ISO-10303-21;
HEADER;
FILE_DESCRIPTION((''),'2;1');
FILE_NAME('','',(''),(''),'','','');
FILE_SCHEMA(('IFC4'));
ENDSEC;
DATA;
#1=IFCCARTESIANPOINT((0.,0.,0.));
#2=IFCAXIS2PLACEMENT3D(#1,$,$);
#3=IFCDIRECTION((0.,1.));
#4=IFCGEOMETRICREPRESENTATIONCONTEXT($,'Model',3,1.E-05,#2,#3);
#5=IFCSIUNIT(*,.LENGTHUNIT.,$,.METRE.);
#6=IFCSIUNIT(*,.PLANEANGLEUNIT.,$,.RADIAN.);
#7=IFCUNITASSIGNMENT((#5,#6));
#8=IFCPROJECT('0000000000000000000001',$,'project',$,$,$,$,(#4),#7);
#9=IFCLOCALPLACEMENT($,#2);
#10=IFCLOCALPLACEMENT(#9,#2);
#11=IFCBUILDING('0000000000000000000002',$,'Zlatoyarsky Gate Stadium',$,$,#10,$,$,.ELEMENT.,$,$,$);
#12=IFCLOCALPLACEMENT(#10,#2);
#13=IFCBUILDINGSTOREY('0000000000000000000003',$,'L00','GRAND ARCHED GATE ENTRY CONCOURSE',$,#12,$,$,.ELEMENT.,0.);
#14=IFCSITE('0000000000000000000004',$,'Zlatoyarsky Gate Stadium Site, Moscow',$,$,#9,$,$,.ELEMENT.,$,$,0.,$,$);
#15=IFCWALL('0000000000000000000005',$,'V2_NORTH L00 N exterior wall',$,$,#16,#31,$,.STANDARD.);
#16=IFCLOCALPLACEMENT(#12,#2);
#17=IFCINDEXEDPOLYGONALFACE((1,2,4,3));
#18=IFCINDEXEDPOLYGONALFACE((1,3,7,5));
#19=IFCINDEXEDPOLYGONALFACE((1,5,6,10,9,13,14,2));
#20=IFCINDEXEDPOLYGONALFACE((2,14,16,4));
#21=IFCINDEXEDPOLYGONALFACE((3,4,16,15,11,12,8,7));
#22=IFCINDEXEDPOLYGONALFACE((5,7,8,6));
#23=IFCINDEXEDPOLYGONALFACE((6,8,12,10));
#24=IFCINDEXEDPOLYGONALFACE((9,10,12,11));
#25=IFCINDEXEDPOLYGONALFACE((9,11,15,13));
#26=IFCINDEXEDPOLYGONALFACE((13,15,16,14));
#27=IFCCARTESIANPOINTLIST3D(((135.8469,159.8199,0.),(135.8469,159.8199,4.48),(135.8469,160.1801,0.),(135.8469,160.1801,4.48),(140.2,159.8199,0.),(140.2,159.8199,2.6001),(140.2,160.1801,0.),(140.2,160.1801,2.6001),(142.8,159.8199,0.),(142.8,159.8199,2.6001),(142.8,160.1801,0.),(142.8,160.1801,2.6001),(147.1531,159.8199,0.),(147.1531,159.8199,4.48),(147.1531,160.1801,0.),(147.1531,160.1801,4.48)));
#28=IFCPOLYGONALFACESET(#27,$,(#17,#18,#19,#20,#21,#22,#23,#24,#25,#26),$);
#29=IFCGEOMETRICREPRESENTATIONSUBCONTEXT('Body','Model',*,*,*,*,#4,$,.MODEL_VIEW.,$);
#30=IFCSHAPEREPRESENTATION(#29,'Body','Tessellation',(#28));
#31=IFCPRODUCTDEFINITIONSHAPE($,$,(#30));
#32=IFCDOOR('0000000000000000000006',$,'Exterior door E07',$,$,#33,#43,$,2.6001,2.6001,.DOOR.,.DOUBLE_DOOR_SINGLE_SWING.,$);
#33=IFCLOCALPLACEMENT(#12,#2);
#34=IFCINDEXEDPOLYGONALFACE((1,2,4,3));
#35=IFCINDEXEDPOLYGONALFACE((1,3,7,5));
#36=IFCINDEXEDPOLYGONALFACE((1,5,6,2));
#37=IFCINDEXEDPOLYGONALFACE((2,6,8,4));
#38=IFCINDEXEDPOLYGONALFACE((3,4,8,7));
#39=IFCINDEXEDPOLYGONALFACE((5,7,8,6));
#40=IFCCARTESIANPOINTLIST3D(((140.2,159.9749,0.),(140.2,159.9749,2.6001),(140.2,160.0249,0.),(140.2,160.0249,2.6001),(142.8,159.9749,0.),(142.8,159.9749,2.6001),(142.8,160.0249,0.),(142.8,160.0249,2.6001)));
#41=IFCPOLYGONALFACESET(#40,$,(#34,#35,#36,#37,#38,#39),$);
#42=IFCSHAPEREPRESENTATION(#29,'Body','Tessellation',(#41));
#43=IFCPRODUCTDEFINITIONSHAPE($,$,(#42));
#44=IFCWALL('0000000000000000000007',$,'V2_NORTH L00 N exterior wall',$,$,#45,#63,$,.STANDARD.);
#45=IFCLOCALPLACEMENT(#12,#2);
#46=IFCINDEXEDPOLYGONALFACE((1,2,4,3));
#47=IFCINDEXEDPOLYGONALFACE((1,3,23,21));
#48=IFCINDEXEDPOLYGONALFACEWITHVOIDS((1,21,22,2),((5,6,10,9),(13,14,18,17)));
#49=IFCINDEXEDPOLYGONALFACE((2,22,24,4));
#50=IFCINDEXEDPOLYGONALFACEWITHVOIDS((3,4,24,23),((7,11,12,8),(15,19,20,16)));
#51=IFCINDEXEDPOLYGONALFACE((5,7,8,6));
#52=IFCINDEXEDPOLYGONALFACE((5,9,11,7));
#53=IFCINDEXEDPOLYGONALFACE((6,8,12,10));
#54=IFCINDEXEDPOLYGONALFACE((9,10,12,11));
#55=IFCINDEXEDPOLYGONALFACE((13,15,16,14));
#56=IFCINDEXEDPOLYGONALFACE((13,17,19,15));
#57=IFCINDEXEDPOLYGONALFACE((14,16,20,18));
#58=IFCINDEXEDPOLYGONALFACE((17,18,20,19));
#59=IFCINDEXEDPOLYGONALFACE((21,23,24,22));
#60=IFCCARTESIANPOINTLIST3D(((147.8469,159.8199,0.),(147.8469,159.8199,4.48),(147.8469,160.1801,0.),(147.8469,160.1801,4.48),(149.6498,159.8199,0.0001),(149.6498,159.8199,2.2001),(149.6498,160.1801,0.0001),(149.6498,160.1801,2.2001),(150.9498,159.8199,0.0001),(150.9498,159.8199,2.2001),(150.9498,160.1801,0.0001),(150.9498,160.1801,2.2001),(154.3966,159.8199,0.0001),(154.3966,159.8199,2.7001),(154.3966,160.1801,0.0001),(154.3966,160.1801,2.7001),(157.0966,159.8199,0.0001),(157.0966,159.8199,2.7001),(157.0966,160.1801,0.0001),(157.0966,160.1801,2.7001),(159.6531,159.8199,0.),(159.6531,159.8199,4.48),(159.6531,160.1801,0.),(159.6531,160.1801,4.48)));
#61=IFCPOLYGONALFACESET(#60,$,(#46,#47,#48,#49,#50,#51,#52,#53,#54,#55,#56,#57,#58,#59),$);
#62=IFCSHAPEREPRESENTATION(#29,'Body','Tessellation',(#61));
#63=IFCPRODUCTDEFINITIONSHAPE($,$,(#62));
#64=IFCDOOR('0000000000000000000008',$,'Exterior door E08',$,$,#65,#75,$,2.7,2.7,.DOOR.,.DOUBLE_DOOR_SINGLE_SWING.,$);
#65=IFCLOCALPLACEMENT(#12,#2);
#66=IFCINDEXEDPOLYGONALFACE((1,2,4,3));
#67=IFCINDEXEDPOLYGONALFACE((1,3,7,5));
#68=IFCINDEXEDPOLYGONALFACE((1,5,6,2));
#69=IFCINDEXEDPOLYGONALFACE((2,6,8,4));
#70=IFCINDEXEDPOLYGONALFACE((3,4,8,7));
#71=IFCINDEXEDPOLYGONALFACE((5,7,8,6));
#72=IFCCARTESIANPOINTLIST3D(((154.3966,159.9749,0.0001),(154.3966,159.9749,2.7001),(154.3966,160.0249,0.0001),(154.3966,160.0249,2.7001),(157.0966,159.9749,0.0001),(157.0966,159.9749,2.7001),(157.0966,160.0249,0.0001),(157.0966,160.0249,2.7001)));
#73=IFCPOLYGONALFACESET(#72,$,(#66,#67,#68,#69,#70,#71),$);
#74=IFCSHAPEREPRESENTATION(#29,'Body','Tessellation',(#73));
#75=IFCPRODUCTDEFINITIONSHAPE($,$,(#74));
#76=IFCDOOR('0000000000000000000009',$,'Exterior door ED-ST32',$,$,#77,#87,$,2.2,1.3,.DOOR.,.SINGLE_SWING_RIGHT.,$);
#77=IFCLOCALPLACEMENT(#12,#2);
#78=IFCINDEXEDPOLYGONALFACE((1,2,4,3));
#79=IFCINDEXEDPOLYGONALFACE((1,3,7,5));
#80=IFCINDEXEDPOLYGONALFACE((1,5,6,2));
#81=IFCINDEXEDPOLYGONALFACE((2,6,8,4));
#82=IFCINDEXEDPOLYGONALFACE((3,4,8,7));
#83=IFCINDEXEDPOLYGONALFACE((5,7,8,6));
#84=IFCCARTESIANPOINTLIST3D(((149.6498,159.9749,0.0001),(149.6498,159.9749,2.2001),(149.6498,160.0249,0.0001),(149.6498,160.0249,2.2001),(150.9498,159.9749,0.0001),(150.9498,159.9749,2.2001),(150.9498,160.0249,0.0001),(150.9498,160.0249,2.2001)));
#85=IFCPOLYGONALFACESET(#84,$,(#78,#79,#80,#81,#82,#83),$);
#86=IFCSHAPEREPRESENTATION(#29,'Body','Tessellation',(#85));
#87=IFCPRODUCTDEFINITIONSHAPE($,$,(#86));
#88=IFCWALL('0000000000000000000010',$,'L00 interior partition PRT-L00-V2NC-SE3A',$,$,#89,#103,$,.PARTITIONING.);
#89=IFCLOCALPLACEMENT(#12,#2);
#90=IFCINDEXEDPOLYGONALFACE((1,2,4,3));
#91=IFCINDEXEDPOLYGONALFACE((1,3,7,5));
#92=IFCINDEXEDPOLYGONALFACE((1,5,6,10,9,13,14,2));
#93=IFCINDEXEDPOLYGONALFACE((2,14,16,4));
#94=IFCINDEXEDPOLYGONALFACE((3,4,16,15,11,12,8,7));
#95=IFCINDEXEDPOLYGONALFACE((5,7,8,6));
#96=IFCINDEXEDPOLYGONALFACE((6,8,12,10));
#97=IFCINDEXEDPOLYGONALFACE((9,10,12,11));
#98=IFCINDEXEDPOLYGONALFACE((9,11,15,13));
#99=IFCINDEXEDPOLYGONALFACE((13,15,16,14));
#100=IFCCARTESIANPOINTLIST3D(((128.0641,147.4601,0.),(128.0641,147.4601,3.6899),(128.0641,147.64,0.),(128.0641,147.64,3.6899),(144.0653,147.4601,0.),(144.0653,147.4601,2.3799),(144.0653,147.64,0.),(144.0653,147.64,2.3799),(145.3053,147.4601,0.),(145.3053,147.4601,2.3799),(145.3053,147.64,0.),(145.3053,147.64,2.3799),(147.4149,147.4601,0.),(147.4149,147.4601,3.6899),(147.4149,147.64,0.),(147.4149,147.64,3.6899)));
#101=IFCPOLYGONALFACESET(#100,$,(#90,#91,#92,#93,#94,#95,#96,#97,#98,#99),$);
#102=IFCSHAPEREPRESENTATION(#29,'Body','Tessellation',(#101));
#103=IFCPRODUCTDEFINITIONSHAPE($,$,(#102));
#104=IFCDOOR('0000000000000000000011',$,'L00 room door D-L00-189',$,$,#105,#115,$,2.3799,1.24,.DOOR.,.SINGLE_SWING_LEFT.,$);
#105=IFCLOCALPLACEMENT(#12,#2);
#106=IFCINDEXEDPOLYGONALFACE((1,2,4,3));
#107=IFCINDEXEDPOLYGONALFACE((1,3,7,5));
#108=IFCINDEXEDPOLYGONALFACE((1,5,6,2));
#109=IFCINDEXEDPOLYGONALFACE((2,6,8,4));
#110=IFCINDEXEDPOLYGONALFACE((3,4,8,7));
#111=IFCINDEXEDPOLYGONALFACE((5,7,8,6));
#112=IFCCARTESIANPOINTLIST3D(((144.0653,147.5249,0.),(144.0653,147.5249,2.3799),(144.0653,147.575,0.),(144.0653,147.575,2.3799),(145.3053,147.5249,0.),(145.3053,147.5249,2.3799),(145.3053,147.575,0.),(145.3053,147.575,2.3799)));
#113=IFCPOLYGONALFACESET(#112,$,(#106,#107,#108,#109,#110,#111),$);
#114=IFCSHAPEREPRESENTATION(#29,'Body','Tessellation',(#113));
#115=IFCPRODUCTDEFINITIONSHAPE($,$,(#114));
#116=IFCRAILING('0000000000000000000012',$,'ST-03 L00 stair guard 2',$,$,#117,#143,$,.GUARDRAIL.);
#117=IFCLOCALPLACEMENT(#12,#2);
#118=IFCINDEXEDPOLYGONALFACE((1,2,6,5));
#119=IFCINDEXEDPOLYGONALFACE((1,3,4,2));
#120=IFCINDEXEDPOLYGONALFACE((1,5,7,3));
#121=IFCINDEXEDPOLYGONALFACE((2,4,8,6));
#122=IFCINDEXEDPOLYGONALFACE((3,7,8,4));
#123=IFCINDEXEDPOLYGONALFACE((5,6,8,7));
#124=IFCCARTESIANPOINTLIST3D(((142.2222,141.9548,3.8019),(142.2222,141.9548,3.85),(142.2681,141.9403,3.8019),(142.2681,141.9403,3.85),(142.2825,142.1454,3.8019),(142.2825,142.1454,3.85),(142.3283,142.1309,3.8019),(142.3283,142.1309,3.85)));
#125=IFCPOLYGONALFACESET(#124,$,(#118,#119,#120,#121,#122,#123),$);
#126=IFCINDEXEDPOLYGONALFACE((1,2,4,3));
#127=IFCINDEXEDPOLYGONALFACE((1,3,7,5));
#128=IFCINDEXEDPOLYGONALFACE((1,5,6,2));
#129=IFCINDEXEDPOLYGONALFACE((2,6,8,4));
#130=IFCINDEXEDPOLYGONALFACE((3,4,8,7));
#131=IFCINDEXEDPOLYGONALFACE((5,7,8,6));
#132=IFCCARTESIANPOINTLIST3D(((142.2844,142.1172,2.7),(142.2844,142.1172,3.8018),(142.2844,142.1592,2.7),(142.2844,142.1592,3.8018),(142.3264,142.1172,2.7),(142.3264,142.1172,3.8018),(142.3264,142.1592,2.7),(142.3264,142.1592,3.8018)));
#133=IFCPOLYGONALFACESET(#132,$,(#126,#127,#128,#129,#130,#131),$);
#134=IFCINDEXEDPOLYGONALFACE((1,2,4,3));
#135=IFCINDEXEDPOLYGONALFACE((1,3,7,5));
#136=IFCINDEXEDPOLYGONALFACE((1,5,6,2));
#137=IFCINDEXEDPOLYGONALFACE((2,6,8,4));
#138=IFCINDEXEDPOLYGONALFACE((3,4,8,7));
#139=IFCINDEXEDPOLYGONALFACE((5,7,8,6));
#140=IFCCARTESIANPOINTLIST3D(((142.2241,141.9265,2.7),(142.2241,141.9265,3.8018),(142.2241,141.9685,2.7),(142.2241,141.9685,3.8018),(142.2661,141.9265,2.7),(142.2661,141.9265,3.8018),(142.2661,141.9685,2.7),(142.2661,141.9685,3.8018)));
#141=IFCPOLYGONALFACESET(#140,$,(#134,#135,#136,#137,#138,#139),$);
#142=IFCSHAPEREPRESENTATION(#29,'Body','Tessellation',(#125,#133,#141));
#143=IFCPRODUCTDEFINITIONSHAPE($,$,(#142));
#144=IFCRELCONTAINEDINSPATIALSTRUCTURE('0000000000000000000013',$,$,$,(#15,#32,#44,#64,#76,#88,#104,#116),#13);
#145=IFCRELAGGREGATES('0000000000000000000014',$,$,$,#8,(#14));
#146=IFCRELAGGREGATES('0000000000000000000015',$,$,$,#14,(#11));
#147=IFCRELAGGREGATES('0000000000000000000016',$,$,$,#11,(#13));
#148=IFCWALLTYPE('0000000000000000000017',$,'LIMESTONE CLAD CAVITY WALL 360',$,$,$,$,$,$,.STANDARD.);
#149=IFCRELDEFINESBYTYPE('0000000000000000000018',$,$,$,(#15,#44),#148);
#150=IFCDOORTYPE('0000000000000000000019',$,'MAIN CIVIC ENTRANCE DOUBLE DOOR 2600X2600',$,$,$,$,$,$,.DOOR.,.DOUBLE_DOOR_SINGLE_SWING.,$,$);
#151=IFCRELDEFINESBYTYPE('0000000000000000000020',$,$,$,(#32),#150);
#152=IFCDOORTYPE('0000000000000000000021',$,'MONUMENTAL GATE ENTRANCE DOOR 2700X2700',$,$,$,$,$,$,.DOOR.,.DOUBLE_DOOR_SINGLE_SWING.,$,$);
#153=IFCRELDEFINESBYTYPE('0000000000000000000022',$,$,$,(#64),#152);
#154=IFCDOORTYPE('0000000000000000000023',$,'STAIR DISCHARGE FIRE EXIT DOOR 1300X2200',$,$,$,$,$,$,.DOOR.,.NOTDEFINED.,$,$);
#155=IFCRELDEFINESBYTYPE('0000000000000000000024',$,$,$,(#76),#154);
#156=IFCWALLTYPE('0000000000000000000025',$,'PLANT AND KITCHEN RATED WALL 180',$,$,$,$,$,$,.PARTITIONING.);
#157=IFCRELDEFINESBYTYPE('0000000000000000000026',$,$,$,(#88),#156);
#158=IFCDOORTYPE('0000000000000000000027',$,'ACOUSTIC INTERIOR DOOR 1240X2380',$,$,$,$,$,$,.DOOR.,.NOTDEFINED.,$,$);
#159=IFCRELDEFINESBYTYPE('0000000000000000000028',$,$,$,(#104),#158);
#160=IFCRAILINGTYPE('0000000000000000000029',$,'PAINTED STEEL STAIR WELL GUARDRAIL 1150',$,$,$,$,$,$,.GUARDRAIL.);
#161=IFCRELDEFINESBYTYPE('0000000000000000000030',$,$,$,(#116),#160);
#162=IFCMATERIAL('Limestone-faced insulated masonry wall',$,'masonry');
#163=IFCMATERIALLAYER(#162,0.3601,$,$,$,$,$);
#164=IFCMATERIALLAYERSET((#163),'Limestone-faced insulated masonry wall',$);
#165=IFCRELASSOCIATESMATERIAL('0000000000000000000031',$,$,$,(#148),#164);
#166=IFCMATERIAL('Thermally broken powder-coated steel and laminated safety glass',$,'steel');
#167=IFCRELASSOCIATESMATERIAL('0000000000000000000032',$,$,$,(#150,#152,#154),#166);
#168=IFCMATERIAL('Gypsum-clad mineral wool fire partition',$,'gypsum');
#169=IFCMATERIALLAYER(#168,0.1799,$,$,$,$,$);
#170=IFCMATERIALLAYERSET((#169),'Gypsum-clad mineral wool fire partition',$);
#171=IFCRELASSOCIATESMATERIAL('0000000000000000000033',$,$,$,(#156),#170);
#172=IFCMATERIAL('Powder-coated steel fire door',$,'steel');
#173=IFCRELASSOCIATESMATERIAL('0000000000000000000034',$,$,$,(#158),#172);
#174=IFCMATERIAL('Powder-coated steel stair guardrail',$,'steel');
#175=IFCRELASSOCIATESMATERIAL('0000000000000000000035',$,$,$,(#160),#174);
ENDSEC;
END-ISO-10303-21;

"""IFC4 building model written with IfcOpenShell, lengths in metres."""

from ifc_helpers import new_model, si_unit, direction, frame, frame_2d, origin, origin_2d, place, context, subcontext, project, spatial, rectangle, extrude, material, layer, layer_set, type_object, element, fill, save


model = new_model("IFC4")

# Units and contexts
model_context = context("Model", 3, precision=1e-05, world=origin(), true_north=direction((0.0, 1.0)))
body_context = subcontext(model_context, "Body", "Model", "MODEL_VIEW")
ifc_project = project(units=[si_unit("LENGTHUNIT", "METRE"), si_unit("PLANEANGLEUNIT", "RADIAN")], contexts=[model_context])

# Site, building, storey
site_placement = place(None, origin())
site = spatial("IfcSite", under=ifc_project, at=site_placement, Name="Zlatoyarsky Gate Stadium Site, Moscow", CompositionType="ELEMENT", RefElevation=0.0)
building_placement = place(site_placement, origin())
building = spatial("IfcBuilding", under=site, at=building_placement, Name="Zlatoyarsky Gate Stadium", CompositionType="ELEMENT")
storey_placement = place(building_placement, origin())
storey = spatial("IfcBuildingStorey", under=building, at=storey_placement, Name="L00", Description="GRAND ARCHED GATE ENTRY CONCOURSE", CompositionType="ELEMENT", Elevation=0.0)

# Shared definitions
ifc_material_1 = material(Name="Gypsum-clad mineral wool fire partition", Category="gypsum")
ifc_material_2 = material(Name="Powder-coated steel fire door", Category="steel")

# Wall, opening, door
ifc_material_3 = material(Name="Limestone-faced insulated masonry wall", Category="masonry")
ifc_layer_1 = layer(ifc_material_3, 0.3601)
ifc_layer_set_1 = layer_set([ifc_layer_1], Name="Limestone-faced insulated masonry wall")
wall_type_1 = type_object("IfcWallType", Name="LIMESTONE CLAD CAVITY WALL 360", PredefinedType="STANDARD", material=ifc_layer_set_1)
wall_1_placement = place(storey_placement, frame((135.8469, 160.0, 0.0), z_axis=(0.0, 0.0, 1.0), x_axis=(1.0, 0.0, 0.0)))
wall_1 = element("IfcWall", 1, at=wall_1_placement, inside=storey, type_object=wall_type_1, Name="V2_NORTH L00 N exterior wall", PredefinedType="STANDARD", context=body_context, shape_type="SweptSolid", body=[
    extrude(rectangle(XDim=11.3062, YDim=0.3601, at=frame_2d((5.6531, 0.0))), origin(), (0.0, 0.0, 1.0), 4.48),
])
opening_1_placement = place(wall_1_placement, frame((4.353, 0.0, 0.0)))
opening_1 = element("IfcOpeningElement", 2, at=opening_1_placement, cuts=wall_1, PredefinedType="OPENING", context=body_context, shape_type="SweptSolid", body=[
    extrude(rectangle(XDim=2.6001, YDim=2.6001, at=frame_2d((1.3, 1.3))), frame((0.0, 0.1899, 0.0), z_axis=(0.0, -1.0, 0.0), x_axis=(1.0, 0.0, 0.0)), (0.0, 0.0, 1.0), 0.3801),
])
ifc_material_4 = material(Name="Thermally broken powder-coated steel and laminated safety glass", Category="steel")
door_type_1 = type_object("IfcDoorType", Name="MAIN CIVIC ENTRANCE DOUBLE DOOR 2600X2600", OperationType="DOUBLE_DOOR_SINGLE_SWING", PredefinedType="DOOR", material=ifc_material_4)
door_1_placement = place(opening_1_placement, origin())
door_1 = element("IfcDoor", 3, at=door_1_placement, inside=storey, type_object=door_type_1, Name="Exterior door E07", OperationType="DOUBLE_DOOR_SINGLE_SWING", OverallHeight=2.6001, OverallWidth=2.6001, PredefinedType="DOOR", context=body_context, shape_type="SweptSolid", body=[
    extrude(rectangle(XDim=2.6001, YDim=2.6001, at=frame_2d((1.3, 1.3))), frame((0.0, 0.0249, 0.0), z_axis=(0.0, -1.0, 0.0), x_axis=(1.0, 0.0, 0.0)), (0.0, 0.0, 1.0), 0.05),
])
fill(opening_1, door_1)

# Wall, openings, doors
wall_2_placement = place(storey_placement, frame((147.8469, 160.0, 0.0), z_axis=(0.0, 0.0, 1.0), x_axis=(1.0, 0.0, 0.0)))
wall_2 = element("IfcWall", 4, at=wall_2_placement, inside=storey, type_object=wall_type_1, Name="V2_NORTH L00 N exterior wall", PredefinedType="STANDARD", context=body_context, shape_type="SweptSolid", body=[
    extrude(rectangle(XDim=11.8062, YDim=0.3601, at=frame_2d((5.9031, 0.0))), origin(), (0.0, 0.0, 1.0), 4.48),
])
opening_2_placement = place(wall_2_placement, frame((1.803, 0.0, 0.0)))
opening_2 = element("IfcOpeningElement", 5, at=opening_2_placement, cuts=wall_2, PredefinedType="OPENING", context=body_context, shape_type="SweptSolid", body=[
    extrude(rectangle(XDim=1.3, YDim=2.2, at=frame_2d((0.6499, 1.1001))), frame((0.0, 0.1899, 0.0), z_axis=(0.0, -1.0, 0.0), x_axis=(1.0, 0.0, 0.0)), (0.0, 0.0, 1.0), 0.3801),
])
opening_3_placement = place(wall_2_placement, frame((6.5496, 0.0, 0.0)))
opening_3 = element("IfcOpeningElement", 6, at=opening_3_placement, cuts=wall_2, PredefinedType="OPENING", context=body_context, shape_type="SweptSolid", body=[
    extrude(rectangle(XDim=2.7, YDim=2.7, at=frame_2d((1.3501, 1.3501))), frame((0.0, 0.1899, 0.0), z_axis=(0.0, -1.0, 0.0), x_axis=(1.0, 0.0, 0.0)), (0.0, 0.0, 1.0), 0.3801),
])
door_type_2 = type_object("IfcDoorType", Name="MONUMENTAL GATE ENTRANCE DOOR 2700X2700", OperationType="DOUBLE_DOOR_SINGLE_SWING", PredefinedType="DOOR", material=ifc_material_4)
door_2_placement = place(opening_3_placement, origin())
door_2 = element("IfcDoor", 7, at=door_2_placement, inside=storey, type_object=door_type_2, Name="Exterior door E08", OperationType="DOUBLE_DOOR_SINGLE_SWING", OverallHeight=2.7, OverallWidth=2.7, PredefinedType="DOOR", context=body_context, shape_type="SweptSolid", body=[
    extrude(rectangle(XDim=2.7, YDim=2.7, at=frame_2d((1.3501, 1.3501))), frame((0.0, 0.0249, 0.0), z_axis=(0.0, -1.0, 0.0), x_axis=(1.0, 0.0, 0.0)), (0.0, 0.0, 1.0), 0.05),
])
fill(opening_3, door_2)
door_type_3 = type_object("IfcDoorType", Name="STAIR DISCHARGE FIRE EXIT DOOR 1300X2200", OperationType="NOTDEFINED", PredefinedType="DOOR", material=ifc_material_4)
door_3_placement = place(opening_2_placement, origin())
door_3 = element("IfcDoor", 8, at=door_3_placement, inside=storey, type_object=door_type_3, Name="Exterior door ED-ST32", OperationType="SINGLE_SWING_RIGHT", OverallHeight=2.2, OverallWidth=1.3, PredefinedType="DOOR", context=body_context, shape_type="SweptSolid", body=[
    extrude(rectangle(XDim=1.3, YDim=2.2, at=frame_2d((0.6499, 1.1001))), frame((0.0, 0.0249, 0.0), z_axis=(0.0, -1.0, 0.0), x_axis=(1.0, 0.0, 0.0)), (0.0, 0.0, 1.0), 0.05),
])
fill(opening_2, door_3)

# Wall, opening, door
ifc_layer_2 = layer(ifc_material_1, 0.1799)
ifc_layer_set_2 = layer_set([ifc_layer_2], Name="Gypsum-clad mineral wool fire partition")
wall_type_2 = type_object("IfcWallType", Name="PLANT AND KITCHEN RATED WALL 180", PredefinedType="PARTITIONING", material=ifc_layer_set_2)
wall_3_placement = place(storey_placement, frame((128.0642, 147.55, 0.0), z_axis=(0.0, 0.0, 1.0), x_axis=(1.0, 0.0, 0.0)))
wall_3 = element("IfcWall", 9, at=wall_3_placement, inside=storey, type_object=wall_type_2, Name="L00 interior partition PRT-L00-V2NC-SE3A", PredefinedType="PARTITIONING", context=body_context, shape_type="SweptSolid", body=[
    extrude(rectangle(XDim=19.3508, YDim=0.1799, at=frame_2d((9.6753, 0.0))), origin(), (0.0, 0.0, 1.0), 3.6899),
])
opening_4_placement = place(wall_3_placement, frame((16.001, 0.0, 0.0)))
opening_4 = element("IfcOpeningElement", 10, at=opening_4_placement, cuts=wall_3, PredefinedType="OPENING", context=body_context, shape_type="SweptSolid", body=[
    extrude(rectangle(XDim=1.24, YDim=2.3799, at=frame_2d((0.6201, 1.1899))), frame((0.0, 0.0999, 0.0), z_axis=(0.0, -1.0, 0.0), x_axis=(1.0, 0.0, 0.0)), (0.0, 0.0, 1.0), 0.2),
])
door_type_4 = type_object("IfcDoorType", Name="ACOUSTIC INTERIOR DOOR 1240X2380", OperationType="NOTDEFINED", PredefinedType="DOOR", material=ifc_material_2)
door_4_placement = place(opening_4_placement, origin())
door_4 = element("IfcDoor", 11, at=door_4_placement, inside=storey, type_object=door_type_4, Name="L00 room door D-L00-189", OperationType="SINGLE_SWING_LEFT", OverallHeight=2.3799, OverallWidth=1.24, PredefinedType="DOOR", context=body_context, shape_type="SweptSolid", body=[
    extrude(rectangle(XDim=1.24, YDim=2.3799, at=frame_2d((0.6201, 1.1899))), frame((0.0, 0.0249, 0.0), z_axis=(0.0, -1.0, 0.0), x_axis=(1.0, 0.0, 0.0)), (0.0, 0.0, 1.0), 0.05),
])
fill(opening_4, door_4)

# Railing
ifc_material_5 = material(Name="Powder-coated steel stair guardrail", Category="steel")
railing_type_1 = type_object("IfcRailingType", Name="PAINTED STEEL STAIR WELL GUARDRAIL 1150", PredefinedType="GUARDRAIL", material=ifc_material_5)
railing_1_placement = place(storey_placement, frame((142.3054, 142.1382, 2.7)))
element("IfcRailing", 12, at=railing_1_placement, inside=storey, type_object=railing_type_1, Name="ST-03 L00 stair guard 2", PredefinedType="GUARDRAIL", context=body_context, shape_type="SweptSolid", body=[
    extrude(rectangle(XDim=0.0481, YDim=0.0481, at=origin_2d()), frame((0.0, 0.0, 1.126), z_axis=(-0.30154, -0.953453, 0.0), x_axis=(0.953453, -0.30154, 0.0)), (0.0, 0.0, 1.0), 0.2),
    extrude(rectangle(XDim=0.042, YDim=0.042, at=origin_2d()), origin(), (0.0, 0.0, 1.0), 1.1018),
    extrude(rectangle(XDim=0.042, YDim=0.042, at=origin_2d()), frame((-0.0603, -0.1907, 0.0)), (0.0, 0.0, 1.0), 1.1018),
])

save(model, "model.ifc")
